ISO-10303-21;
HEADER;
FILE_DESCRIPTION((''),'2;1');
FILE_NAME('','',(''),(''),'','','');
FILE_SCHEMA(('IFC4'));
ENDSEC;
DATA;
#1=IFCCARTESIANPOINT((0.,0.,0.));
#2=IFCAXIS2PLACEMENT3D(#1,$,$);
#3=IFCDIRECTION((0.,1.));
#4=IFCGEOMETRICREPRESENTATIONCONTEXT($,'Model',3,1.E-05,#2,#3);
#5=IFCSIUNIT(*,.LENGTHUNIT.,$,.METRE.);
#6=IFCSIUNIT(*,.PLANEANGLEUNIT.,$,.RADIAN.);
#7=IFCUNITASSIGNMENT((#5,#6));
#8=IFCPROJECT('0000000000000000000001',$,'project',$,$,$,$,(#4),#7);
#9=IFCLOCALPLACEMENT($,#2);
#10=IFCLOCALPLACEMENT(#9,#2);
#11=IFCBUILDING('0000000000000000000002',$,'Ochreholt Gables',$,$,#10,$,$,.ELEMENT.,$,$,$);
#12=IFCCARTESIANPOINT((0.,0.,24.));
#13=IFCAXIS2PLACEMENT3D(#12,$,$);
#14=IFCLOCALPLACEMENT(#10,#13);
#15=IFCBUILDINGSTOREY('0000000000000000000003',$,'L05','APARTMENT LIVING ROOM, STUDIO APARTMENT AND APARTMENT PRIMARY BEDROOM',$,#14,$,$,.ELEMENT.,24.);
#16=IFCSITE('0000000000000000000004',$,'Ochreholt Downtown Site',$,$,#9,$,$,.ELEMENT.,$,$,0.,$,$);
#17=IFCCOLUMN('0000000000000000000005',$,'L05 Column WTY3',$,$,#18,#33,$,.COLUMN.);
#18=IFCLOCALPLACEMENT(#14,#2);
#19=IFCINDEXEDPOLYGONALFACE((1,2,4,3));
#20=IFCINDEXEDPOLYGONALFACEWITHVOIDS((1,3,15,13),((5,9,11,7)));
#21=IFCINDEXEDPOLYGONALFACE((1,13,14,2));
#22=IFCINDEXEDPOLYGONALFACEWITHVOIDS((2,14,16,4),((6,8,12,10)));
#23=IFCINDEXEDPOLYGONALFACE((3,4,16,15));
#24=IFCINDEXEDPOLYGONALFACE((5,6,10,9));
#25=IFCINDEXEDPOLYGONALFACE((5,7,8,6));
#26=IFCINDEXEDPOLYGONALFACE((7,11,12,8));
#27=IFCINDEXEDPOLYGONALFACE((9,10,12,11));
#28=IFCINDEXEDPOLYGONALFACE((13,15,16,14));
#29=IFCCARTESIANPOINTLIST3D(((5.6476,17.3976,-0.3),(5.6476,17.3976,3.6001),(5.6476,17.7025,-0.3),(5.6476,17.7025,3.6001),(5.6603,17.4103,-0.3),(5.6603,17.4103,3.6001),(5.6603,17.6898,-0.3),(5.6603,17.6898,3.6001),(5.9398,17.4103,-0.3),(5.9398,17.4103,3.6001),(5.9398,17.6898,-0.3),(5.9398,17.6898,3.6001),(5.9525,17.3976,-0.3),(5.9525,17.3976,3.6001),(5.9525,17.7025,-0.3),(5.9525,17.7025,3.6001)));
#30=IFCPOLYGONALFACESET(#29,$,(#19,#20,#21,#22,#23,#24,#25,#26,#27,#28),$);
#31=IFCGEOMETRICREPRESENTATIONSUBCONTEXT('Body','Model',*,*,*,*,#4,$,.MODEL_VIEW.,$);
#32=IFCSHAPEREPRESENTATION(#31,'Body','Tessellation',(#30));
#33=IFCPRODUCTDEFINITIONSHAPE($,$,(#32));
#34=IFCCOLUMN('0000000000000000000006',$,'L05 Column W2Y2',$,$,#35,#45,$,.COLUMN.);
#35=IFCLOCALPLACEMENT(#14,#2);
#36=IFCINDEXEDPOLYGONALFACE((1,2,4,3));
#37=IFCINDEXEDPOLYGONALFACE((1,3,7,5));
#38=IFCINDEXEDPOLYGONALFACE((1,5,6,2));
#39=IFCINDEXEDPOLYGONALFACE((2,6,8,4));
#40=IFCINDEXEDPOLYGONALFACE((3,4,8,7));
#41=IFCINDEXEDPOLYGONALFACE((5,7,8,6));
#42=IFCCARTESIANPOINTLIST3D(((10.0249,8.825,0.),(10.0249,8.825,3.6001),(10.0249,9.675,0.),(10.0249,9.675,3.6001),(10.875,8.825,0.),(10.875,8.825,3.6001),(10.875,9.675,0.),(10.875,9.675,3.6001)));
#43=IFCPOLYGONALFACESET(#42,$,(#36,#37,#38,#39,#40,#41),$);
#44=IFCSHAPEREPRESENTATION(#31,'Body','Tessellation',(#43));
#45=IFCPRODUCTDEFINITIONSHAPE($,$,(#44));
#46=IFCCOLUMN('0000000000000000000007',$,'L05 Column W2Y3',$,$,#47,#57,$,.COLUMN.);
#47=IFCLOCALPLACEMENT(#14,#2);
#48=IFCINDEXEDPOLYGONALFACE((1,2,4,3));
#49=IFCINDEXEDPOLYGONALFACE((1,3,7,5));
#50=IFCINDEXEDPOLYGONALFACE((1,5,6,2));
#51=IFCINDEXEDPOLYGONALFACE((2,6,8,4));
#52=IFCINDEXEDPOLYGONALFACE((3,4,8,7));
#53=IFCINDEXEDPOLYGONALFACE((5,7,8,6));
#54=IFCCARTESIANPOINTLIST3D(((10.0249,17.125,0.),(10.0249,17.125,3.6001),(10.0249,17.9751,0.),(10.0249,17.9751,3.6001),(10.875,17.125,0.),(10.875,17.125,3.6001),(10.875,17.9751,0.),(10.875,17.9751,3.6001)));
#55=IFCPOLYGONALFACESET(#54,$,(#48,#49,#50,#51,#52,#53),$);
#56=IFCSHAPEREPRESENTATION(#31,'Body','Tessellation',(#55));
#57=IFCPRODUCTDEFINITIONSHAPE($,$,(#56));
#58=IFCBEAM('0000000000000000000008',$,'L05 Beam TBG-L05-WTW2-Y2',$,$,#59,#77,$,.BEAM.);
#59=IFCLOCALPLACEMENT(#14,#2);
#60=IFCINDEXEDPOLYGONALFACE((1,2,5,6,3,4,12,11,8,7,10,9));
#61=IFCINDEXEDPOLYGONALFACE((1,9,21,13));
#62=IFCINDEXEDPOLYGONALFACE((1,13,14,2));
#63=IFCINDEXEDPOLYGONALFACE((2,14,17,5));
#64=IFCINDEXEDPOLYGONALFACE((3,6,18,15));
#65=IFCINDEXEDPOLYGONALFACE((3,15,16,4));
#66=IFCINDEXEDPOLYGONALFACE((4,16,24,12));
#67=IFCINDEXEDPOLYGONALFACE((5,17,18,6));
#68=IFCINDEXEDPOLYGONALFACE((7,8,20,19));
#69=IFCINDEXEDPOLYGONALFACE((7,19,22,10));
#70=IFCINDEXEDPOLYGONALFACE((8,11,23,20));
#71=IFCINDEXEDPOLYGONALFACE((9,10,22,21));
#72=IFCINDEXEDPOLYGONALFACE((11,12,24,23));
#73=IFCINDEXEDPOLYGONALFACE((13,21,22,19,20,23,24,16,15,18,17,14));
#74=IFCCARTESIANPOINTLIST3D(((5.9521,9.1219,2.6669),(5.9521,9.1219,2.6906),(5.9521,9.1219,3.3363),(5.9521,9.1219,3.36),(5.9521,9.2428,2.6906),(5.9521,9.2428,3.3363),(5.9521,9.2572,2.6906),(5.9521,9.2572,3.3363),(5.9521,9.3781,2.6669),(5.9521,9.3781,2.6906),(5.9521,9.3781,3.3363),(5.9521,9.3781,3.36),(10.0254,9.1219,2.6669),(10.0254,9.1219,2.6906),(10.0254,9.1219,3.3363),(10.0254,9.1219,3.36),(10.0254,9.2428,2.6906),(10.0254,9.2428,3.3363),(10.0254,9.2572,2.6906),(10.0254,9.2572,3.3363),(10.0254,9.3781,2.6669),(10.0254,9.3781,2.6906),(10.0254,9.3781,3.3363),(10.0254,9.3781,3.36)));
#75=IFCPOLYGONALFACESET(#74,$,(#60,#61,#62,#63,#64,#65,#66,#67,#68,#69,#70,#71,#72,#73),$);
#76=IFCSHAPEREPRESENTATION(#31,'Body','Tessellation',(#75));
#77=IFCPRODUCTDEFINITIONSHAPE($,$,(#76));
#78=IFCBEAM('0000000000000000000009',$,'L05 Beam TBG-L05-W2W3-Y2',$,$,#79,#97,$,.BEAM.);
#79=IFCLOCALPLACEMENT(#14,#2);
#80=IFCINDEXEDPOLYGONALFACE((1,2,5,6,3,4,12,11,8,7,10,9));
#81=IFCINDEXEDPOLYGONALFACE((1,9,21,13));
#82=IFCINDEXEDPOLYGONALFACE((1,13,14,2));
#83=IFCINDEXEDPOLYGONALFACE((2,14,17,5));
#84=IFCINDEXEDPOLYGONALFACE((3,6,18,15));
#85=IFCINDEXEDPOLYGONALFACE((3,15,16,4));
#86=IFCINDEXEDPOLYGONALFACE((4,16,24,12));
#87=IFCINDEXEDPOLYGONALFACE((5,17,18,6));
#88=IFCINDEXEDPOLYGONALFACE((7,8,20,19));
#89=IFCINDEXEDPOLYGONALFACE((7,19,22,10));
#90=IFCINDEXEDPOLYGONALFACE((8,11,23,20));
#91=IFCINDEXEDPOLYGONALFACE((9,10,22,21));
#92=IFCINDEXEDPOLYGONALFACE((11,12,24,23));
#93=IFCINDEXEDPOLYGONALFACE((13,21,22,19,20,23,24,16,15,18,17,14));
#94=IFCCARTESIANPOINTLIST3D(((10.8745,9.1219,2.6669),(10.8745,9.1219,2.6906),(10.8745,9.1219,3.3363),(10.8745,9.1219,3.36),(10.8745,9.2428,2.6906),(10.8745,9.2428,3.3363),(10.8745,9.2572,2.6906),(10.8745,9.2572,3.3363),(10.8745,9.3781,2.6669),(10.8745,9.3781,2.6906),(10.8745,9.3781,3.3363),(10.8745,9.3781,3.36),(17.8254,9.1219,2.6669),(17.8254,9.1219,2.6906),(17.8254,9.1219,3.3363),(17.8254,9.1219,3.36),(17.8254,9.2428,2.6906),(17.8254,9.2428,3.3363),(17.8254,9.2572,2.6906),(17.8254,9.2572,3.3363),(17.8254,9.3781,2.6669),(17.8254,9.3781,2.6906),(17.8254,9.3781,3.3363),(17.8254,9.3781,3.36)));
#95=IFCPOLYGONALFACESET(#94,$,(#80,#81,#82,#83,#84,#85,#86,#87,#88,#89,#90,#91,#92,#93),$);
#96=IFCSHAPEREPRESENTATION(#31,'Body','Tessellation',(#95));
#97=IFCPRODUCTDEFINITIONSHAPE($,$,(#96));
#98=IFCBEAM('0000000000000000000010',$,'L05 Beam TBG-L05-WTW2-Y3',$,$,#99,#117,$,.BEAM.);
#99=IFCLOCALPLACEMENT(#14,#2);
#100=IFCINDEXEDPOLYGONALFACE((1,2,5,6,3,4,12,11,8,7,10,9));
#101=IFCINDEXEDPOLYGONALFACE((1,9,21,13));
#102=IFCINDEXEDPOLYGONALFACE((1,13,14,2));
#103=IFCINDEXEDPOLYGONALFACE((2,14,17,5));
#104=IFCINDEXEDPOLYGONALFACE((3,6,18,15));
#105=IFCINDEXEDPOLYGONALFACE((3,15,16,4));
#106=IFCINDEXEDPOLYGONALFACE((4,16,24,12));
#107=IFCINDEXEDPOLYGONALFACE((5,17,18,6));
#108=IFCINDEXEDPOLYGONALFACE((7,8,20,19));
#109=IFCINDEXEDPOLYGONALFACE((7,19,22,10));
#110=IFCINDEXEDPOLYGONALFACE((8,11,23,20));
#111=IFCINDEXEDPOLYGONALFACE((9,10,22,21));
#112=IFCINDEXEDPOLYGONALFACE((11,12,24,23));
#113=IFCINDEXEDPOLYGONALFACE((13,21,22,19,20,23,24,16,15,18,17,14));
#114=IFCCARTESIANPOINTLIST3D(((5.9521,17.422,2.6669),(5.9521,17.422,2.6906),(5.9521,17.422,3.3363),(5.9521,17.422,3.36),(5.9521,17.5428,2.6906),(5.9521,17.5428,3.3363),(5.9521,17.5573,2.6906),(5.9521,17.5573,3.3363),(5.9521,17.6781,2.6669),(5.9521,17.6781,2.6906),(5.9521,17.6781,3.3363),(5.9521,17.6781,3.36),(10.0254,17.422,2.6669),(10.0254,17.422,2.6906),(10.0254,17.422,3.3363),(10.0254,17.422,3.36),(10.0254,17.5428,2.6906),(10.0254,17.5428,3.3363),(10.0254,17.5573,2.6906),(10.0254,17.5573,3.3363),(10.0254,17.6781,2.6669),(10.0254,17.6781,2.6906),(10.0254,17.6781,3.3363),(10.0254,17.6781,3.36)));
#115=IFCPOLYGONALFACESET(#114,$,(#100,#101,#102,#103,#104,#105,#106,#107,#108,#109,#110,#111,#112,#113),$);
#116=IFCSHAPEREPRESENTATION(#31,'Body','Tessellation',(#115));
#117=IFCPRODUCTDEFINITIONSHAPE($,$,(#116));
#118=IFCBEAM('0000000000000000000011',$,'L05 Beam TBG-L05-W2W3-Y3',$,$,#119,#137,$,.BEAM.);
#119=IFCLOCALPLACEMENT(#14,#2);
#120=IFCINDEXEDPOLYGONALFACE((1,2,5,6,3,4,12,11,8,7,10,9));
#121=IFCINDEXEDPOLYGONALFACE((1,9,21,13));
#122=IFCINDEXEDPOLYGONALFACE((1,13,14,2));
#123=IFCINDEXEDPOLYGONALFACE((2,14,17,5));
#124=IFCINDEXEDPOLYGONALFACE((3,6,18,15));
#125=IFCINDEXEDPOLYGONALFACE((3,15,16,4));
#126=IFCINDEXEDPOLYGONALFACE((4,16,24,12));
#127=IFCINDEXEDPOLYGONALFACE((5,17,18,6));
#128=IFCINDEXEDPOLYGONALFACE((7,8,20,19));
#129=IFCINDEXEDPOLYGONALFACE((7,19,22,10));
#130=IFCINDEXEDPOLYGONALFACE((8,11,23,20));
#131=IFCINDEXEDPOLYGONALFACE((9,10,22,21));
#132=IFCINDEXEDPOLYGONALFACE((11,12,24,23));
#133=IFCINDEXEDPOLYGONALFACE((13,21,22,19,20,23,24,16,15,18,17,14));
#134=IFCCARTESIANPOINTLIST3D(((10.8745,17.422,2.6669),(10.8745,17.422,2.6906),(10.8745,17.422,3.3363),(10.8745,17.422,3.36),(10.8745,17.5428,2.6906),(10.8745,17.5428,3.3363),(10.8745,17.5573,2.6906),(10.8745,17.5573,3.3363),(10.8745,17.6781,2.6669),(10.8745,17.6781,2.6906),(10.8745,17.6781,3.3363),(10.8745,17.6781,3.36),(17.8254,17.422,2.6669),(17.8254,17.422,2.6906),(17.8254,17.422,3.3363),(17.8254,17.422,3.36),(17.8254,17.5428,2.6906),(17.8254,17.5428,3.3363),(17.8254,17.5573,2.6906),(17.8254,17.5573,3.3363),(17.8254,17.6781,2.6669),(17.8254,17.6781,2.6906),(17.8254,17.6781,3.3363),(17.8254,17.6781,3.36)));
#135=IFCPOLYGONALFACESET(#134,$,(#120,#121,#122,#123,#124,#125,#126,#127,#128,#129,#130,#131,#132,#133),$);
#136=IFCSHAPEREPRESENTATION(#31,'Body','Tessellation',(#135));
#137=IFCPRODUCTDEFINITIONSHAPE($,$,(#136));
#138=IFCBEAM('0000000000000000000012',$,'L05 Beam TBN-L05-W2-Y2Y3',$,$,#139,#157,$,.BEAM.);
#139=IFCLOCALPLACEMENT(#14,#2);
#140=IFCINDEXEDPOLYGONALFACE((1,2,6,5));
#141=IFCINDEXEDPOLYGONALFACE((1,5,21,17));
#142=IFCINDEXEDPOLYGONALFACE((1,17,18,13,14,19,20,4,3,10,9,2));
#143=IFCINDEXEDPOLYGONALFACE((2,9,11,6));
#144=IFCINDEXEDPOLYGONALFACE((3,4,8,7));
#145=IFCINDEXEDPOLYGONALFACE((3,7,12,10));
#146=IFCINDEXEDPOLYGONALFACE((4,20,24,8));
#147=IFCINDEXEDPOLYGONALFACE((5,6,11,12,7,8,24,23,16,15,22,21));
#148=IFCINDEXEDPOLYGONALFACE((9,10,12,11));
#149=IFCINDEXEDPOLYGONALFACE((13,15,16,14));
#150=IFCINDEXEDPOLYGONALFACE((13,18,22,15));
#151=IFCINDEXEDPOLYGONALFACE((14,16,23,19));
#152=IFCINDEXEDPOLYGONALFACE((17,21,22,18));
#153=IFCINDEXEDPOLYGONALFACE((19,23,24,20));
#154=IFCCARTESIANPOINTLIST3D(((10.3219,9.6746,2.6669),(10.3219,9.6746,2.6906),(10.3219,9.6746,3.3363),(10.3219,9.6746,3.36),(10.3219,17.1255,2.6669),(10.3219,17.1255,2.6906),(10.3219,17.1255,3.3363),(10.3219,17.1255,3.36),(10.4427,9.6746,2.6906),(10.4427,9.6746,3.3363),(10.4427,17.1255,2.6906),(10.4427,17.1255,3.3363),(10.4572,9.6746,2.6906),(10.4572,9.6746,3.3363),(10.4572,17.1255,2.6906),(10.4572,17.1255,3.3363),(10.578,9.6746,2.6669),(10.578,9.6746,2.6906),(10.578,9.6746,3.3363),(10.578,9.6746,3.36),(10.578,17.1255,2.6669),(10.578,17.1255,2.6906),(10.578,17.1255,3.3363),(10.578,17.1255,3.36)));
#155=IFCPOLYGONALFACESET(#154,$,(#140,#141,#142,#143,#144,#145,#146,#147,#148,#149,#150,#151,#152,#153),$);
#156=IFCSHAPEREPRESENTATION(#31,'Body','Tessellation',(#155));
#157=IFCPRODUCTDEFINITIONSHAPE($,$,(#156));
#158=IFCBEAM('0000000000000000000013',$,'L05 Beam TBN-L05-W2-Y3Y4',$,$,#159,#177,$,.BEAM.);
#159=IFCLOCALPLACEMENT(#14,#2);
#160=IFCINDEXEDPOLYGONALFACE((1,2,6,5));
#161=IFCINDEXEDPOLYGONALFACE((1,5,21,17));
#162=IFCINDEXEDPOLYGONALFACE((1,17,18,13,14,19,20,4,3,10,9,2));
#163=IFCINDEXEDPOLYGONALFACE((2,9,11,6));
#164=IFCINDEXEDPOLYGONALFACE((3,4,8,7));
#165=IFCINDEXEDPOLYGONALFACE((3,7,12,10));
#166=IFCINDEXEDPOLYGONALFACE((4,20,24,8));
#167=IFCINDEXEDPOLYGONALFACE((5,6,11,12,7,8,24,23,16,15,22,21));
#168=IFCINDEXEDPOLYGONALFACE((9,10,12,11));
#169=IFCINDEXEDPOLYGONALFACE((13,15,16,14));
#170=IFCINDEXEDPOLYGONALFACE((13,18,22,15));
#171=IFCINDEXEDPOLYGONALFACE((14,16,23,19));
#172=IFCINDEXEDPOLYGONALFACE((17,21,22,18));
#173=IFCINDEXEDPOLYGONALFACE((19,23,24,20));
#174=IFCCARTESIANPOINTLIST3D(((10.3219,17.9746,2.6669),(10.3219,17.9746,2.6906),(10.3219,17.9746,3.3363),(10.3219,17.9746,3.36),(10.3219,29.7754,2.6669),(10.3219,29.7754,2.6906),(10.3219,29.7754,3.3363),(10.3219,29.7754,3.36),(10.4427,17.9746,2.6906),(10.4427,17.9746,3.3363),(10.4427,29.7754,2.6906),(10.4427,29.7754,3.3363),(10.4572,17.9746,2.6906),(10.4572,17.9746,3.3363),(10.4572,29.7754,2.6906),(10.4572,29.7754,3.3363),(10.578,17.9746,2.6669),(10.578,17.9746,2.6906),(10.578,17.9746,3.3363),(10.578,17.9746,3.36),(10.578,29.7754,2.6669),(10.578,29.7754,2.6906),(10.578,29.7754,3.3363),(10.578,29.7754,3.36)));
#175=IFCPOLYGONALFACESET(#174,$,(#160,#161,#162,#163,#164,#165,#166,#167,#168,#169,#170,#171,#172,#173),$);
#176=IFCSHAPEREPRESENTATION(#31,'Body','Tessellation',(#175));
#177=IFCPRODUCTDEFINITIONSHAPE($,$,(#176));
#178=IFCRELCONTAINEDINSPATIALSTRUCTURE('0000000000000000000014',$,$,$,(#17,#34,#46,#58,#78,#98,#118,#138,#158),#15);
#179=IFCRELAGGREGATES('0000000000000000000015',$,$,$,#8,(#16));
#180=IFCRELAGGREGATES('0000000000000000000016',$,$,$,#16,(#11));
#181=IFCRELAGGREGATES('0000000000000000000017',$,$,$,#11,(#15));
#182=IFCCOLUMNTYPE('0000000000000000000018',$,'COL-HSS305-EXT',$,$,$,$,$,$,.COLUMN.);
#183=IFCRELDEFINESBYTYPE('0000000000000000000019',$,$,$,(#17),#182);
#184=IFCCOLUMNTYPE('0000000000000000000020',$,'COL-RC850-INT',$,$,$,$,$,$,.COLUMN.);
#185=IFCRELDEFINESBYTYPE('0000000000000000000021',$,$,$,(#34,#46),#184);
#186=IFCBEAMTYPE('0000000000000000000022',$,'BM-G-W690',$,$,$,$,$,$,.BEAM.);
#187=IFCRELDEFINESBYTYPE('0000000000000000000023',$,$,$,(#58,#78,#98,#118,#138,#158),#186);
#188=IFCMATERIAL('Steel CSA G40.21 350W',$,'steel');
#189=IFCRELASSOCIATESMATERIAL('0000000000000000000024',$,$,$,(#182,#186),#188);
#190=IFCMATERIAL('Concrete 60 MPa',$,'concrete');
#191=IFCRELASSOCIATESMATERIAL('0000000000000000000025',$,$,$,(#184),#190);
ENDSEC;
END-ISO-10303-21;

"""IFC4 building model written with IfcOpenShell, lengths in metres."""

from ifc_helpers import new_model, si_unit, direction, frame, origin, origin_2d, place, context, subcontext, project, spatial, rectangle, hollow_rectangle, i_section, extrude, material, material_profile, profile_set, type_object, element, save


model = new_model("IFC4")

# Units and contexts
model_context = context("Model", 3, precision=1e-05, world=origin(), true_north=direction((0.0, 1.0)))
body_context = subcontext(model_context, "Body", "Model", "MODEL_VIEW")
ifc_project = project(units=[si_unit("LENGTHUNIT", "METRE"), si_unit("PLANEANGLEUNIT", "RADIAN")], contexts=[model_context])

# Site, building, storey
site_placement = place(None, origin())
site = spatial("IfcSite", under=ifc_project, at=site_placement, Name="Ochreholt Downtown Site", CompositionType="ELEMENT", RefElevation=0.0)
building_placement = place(site_placement, origin())
building = spatial("IfcBuilding", under=site, at=building_placement, Name="Ochreholt Gables", CompositionType="ELEMENT")
storey_placement = place(building_placement, frame((0.0, 0.0, 24.0)))
storey = spatial("IfcBuildingStorey", under=building, at=storey_placement, Name="L05", Description="APARTMENT LIVING ROOM, STUDIO APARTMENT AND APARTMENT PRIMARY BEDROOM", CompositionType="ELEMENT", Elevation=24.0)

# Columns
ifc_material_1 = material(Name="Steel CSA G40.21 350W", Category="steel")
ifc_material_profile_1 = material_profile(ifc_material_1, hollow_rectangle(XDim=0.3049, YDim=0.3049, WallThickness=0.0127, at=origin_2d()), Name="HSS305X305X13")
ifc_profile_set_1 = profile_set([ifc_material_profile_1], Name="Steel CSA G40.21 350W")
column_type_1 = type_object("IfcColumnType", Name="COL-HSS305-EXT", PredefinedType="COLUMN", material=ifc_profile_set_1)
column_placement = place(storey_placement, frame((5.8, 17.55, -0.3), z_axis=(0.0, 0.0, 1.0), x_axis=(1.0, 0.0, 0.0)))
element("IfcColumn", 1, at=column_placement, inside=storey, type_object=column_type_1, Name="L05 Column WTY3", PredefinedType="COLUMN", context=body_context, shape_type="SweptSolid", body=[
    extrude(hollow_rectangle(XDim=0.3049, YDim=0.3049, WallThickness=0.0127, at=origin_2d()), origin(), (0.0, 0.0, 1.0), 3.9001),
])
ifc_material_2 = material(Name="Concrete 60 MPa", Category="concrete")
ifc_material_profile_2 = material_profile(ifc_material_2, rectangle(XDim=0.8501, YDim=0.8501, at=origin_2d()), Name="RC850X850")
ifc_profile_set_2 = profile_set([ifc_material_profile_2], Name="Concrete 60 MPa")
column_type_2 = type_object("IfcColumnType", Name="COL-RC850-INT", PredefinedType="COLUMN", material=ifc_profile_set_2)
for number, where, z_axis, x_axis, name in (
    (2, (10.45, 9.25, 0.0), (0.0, 0.0, 1.0), (1.0, 0.0, 0.0), "L05 Column W2Y2"),
    (3, (10.45, 17.55, 0.0), (0.0, 0.0, 1.0), (1.0, 0.0, 0.0), "L05 Column W2Y3"),
):
    element("IfcColumn", number, at=place(storey_placement, frame(where, z_axis=z_axis, x_axis=x_axis)), inside=storey, type_object=column_type_2, Name=name, PredefinedType="COLUMN", context=body_context, shape_type="SweptSolid", body=[
        extrude(rectangle(XDim=0.8501, YDim=0.8501, at=origin_2d()), origin(), (0.0, 0.0, 1.0), 3.6001),
    ])

# Beams
ifc_material_profile_3 = material_profile(ifc_material_1, i_section(OverallWidth=0.2561, OverallDepth=0.6931, WebThickness=0.0144, FlangeThickness=0.0237, at=origin_2d()), Name="W690X170")
ifc_profile_set_3 = profile_set([ifc_material_profile_3], Name="Steel CSA G40.21 350W")
beam_type_1 = type_object("IfcBeamType", Name="BM-G-W690", PredefinedType="BEAM", material=ifc_profile_set_3)
beam_1_placement = place(storey_placement, frame((5.9521, 9.25, 3.0134), z_axis=(1.0, 0.0, 0.0), x_axis=(0.0, 1.0, 0.0)))
element("IfcBeam", 4, at=beam_1_placement, inside=storey, type_object=beam_type_1, Name="L05 Beam TBG-L05-WTW2-Y2", PredefinedType="BEAM", context=body_context, shape_type="SweptSolid", body=[
    extrude(i_section(OverallWidth=0.2561, OverallDepth=0.6931, WebThickness=0.0144, FlangeThickness=0.0237, at=origin_2d()), origin(), (0.0, 0.0, 1.0), 4.0732),
])
beam_2_placement = place(storey_placement, frame((10.8745, 9.25, 3.0134), z_axis=(1.0, 0.0, 0.0), x_axis=(0.0, 1.0, 0.0)))
element("IfcBeam", 5, at=beam_2_placement, inside=storey, type_object=beam_type_1, Name="L05 Beam TBG-L05-W2W3-Y2", PredefinedType="BEAM", context=body_context, shape_type="SweptSolid", body=[
    extrude(i_section(OverallWidth=0.2561, OverallDepth=0.6931, WebThickness=0.0144, FlangeThickness=0.0237, at=origin_2d()), origin(), (0.0, 0.0, 1.0), 6.9509),
])
beam_3_placement = place(storey_placement, frame((5.9521, 17.55, 3.0134), z_axis=(1.0, 0.0, 0.0), x_axis=(0.0, 1.0, 0.0)))
element("IfcBeam", 6, at=beam_3_placement, inside=storey, type_object=beam_type_1, Name="L05 Beam TBG-L05-WTW2-Y3", PredefinedType="BEAM", context=body_context, shape_type="SweptSolid", body=[
    extrude(i_section(OverallWidth=0.2561, OverallDepth=0.6931, WebThickness=0.0144, FlangeThickness=0.0237, at=origin_2d()), origin(), (0.0, 0.0, 1.0), 4.0732),
])
beam_4_placement = place(storey_placement, frame((10.8745, 17.55, 3.0134), z_axis=(1.0, 0.0, 0.0), x_axis=(0.0, 1.0, 0.0)))
element("IfcBeam", 7, at=beam_4_placement, inside=storey, type_object=beam_type_1, Name="L05 Beam TBG-L05-W2W3-Y3", PredefinedType="BEAM", context=body_context, shape_type="SweptSolid", body=[
    extrude(i_section(OverallWidth=0.2561, OverallDepth=0.6931, WebThickness=0.0144, FlangeThickness=0.0237, at=origin_2d()), origin(), (0.0, 0.0, 1.0), 6.9509),
])
beam_5_placement = place(storey_placement, frame((10.45, 9.6746, 3.0134), z_axis=(0.0, 1.0, 0.0), x_axis=(-1.0, 0.0, 0.0)))
element("IfcBeam", 8, at=beam_5_placement, inside=storey, type_object=beam_type_1, Name="L05 Beam TBN-L05-W2-Y2Y3", PredefinedType="BEAM", context=body_context, shape_type="SweptSolid", body=[
    extrude(i_section(OverallWidth=0.2561, OverallDepth=0.6931, WebThickness=0.0144, FlangeThickness=0.0237, at=origin_2d()), origin(), (0.0, 0.0, 1.0), 7.4509),
])
beam_6_placement = place(storey_placement, frame((10.45, 17.9746, 3.0134), z_axis=(0.0, 1.0, 0.0), x_axis=(-1.0, 0.0, 0.0)))
element("IfcBeam", 9, at=beam_6_placement, inside=storey, type_object=beam_type_1, Name="L05 Beam TBN-L05-W2-Y3Y4", PredefinedType="BEAM", context=body_context, shape_type="SweptSolid", body=[
    extrude(i_section(OverallWidth=0.2561, OverallDepth=0.6931, WebThickness=0.0144, FlangeThickness=0.0237, at=origin_2d()), origin(), (0.0, 0.0, 1.0), 11.8008),
])

save(model, "model.ifc")
